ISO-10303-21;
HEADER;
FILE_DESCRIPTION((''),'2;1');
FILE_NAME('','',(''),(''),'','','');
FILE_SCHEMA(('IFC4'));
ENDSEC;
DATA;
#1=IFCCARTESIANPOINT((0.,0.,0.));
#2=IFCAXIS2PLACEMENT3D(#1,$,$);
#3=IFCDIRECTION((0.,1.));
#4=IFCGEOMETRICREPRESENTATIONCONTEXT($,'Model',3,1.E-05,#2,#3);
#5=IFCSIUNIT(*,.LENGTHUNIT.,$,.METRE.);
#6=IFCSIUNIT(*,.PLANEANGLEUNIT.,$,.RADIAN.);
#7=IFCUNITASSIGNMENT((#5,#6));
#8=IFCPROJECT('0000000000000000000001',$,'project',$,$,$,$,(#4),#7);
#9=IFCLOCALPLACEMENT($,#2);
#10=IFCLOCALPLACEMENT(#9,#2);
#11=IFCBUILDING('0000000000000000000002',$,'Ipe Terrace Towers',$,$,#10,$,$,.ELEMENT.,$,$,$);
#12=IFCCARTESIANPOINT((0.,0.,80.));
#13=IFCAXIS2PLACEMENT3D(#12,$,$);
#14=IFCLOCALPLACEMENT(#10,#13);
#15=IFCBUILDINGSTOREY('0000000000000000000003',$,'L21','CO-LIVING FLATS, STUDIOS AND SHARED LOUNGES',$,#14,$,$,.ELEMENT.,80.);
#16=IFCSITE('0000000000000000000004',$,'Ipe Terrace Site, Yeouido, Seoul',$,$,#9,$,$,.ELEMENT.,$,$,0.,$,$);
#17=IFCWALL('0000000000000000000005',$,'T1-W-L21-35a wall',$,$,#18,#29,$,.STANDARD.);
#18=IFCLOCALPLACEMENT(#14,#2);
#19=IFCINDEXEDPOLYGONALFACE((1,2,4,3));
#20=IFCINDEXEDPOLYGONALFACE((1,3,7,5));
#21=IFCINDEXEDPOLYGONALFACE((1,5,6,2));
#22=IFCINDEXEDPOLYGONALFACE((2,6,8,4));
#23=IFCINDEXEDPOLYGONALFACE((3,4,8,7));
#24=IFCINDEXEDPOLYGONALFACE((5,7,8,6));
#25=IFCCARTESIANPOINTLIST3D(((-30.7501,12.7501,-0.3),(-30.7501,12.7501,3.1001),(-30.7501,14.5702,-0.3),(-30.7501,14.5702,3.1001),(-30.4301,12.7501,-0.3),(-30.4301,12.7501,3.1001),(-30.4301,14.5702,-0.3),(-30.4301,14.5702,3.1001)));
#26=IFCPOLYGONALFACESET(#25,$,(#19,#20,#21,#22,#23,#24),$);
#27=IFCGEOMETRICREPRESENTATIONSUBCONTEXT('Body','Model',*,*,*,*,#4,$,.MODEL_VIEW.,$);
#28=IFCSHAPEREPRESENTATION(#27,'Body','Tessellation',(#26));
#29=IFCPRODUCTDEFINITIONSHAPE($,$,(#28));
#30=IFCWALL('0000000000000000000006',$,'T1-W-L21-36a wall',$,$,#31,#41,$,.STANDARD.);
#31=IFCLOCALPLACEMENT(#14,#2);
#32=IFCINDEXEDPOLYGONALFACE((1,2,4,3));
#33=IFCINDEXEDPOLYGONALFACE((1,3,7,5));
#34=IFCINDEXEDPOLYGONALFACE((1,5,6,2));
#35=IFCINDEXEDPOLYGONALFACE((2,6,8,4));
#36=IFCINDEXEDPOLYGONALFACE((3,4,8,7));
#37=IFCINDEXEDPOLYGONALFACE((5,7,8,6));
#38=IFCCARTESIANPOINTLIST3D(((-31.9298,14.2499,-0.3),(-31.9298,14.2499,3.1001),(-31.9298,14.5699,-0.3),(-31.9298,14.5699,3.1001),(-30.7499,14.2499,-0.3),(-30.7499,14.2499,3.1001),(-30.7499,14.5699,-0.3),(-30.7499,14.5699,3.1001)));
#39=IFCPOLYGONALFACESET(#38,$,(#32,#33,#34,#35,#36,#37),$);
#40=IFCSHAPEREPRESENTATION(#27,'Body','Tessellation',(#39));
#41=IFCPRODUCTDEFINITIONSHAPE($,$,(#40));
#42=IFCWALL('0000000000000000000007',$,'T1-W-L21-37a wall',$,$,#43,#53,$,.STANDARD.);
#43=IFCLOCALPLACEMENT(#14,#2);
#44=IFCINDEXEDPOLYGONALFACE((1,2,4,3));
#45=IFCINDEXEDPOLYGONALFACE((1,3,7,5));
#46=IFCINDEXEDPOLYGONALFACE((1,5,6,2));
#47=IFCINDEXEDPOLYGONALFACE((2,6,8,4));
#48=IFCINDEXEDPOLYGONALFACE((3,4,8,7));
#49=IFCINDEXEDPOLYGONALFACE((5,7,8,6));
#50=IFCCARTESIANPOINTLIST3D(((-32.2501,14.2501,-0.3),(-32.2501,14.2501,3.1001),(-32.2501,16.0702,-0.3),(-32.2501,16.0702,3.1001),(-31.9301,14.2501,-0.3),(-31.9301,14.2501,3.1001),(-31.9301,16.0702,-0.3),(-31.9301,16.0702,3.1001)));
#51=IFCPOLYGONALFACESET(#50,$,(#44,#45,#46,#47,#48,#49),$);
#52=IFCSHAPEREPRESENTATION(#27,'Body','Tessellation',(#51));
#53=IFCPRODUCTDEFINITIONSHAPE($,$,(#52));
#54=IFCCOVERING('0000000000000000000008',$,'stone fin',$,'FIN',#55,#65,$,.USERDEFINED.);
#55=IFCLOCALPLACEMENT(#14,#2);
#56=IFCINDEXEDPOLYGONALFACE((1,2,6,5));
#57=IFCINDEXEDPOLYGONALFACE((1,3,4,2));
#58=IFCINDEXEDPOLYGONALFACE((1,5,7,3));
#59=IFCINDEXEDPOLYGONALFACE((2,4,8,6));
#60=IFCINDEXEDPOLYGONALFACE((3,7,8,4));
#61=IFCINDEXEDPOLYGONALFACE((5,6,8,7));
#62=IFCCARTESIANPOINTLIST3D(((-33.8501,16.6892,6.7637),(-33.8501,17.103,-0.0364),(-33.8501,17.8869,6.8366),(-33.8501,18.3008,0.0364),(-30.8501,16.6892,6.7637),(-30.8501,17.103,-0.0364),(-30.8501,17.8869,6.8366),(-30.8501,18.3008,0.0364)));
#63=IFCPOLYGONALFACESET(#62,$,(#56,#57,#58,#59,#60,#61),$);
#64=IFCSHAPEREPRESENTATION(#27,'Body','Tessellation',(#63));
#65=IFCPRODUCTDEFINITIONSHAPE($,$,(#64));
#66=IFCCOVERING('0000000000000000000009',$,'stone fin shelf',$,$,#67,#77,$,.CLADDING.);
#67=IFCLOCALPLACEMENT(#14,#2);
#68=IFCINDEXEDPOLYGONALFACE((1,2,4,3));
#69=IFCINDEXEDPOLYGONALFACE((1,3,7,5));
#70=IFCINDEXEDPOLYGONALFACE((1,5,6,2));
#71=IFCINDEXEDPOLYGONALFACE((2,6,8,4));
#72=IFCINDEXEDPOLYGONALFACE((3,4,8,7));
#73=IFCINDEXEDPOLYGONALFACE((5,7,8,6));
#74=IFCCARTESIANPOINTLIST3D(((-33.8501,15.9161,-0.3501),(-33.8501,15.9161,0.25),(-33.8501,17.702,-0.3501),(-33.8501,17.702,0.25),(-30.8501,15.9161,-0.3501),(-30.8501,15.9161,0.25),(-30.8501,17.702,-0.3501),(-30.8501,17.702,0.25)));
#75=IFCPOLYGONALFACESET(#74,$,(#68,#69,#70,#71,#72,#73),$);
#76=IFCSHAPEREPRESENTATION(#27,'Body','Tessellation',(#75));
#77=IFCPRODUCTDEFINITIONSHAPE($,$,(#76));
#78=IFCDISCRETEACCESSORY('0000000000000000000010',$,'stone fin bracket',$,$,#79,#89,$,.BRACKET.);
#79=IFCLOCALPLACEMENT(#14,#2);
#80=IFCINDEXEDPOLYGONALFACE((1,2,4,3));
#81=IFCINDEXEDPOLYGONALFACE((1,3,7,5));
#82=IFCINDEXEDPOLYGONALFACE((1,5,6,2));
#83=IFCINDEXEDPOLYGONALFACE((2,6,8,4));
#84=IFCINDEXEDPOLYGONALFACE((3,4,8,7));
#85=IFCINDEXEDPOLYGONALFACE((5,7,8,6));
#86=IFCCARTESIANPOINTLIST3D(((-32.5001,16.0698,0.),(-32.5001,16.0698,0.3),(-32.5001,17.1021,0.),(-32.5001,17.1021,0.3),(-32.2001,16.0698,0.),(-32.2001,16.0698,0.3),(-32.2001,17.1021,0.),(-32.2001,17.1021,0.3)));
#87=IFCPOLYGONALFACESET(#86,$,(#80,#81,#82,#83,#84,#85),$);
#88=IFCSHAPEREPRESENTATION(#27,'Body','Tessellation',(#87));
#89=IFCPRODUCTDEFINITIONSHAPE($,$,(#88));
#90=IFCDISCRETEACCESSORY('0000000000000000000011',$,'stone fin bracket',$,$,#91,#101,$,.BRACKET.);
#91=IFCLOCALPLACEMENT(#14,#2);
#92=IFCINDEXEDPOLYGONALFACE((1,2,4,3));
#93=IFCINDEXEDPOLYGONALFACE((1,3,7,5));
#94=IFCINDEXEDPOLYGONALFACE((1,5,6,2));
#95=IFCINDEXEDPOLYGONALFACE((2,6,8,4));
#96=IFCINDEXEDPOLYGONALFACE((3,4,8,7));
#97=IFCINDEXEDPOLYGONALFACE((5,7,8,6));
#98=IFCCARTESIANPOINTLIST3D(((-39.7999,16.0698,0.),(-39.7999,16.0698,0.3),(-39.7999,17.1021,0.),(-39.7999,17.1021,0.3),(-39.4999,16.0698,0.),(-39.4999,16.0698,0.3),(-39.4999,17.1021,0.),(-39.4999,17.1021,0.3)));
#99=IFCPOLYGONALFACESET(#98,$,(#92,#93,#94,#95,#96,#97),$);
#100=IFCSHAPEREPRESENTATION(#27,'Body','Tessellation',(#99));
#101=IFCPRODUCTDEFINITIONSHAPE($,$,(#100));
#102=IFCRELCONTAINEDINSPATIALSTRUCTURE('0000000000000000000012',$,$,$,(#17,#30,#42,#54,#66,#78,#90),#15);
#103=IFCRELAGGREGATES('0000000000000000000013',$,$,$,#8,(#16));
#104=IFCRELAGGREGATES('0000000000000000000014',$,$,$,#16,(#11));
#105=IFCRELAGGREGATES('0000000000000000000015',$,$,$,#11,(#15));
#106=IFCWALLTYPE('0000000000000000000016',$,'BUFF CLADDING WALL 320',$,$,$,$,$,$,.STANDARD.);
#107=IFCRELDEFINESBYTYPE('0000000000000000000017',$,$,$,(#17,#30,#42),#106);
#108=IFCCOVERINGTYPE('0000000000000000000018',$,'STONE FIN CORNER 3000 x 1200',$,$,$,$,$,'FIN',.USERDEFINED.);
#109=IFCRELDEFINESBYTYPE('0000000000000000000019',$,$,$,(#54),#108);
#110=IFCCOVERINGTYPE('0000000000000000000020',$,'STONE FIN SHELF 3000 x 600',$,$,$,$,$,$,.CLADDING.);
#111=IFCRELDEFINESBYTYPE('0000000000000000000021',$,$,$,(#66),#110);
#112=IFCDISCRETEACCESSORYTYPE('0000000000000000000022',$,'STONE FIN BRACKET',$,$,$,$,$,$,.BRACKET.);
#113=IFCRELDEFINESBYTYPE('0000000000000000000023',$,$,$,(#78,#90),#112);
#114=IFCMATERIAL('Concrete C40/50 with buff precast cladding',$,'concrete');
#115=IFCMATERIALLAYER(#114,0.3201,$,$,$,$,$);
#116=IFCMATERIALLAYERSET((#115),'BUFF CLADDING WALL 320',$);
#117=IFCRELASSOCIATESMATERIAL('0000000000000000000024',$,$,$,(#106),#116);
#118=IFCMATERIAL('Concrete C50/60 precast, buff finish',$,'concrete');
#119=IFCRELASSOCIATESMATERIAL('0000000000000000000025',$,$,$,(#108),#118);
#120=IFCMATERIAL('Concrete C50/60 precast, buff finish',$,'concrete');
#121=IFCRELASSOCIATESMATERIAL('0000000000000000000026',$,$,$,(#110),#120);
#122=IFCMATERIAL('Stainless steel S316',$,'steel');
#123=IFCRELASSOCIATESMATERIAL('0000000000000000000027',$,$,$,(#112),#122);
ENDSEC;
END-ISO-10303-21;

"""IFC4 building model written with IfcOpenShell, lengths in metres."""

from ifc_helpers import new_model, si_unit, direction, frame, frame_2d, origin, origin_2d, place, context, subcontext, project, spatial, rectangle, extrude, material, layer, layer_set, material_profile, profile_set, type_object, element, save


model = new_model("IFC4")

# Units and contexts
model_context = context("Model", 3, precision=1e-05, world=origin(), true_north=direction((0.0, 1.0)))
body_context = subcontext(model_context, "Body", "Model", "MODEL_VIEW")
ifc_project = project(units=[si_unit("LENGTHUNIT", "METRE"), si_unit("PLANEANGLEUNIT", "RADIAN")], contexts=[model_context])

# Site, building, storey
site_placement = place(None, origin())
site = spatial("IfcSite", under=ifc_project, at=site_placement, Name="Ipe Terrace Site, Yeouido, Seoul", CompositionType="ELEMENT", RefElevation=0.0)
building_placement = place(site_placement, origin())
building = spatial("IfcBuilding", under=site, at=building_placement, Name="Ipe Terrace Towers", CompositionType="ELEMENT")
storey_placement = place(building_placement, frame((0.0, 0.0, 80.0)))
storey = spatial("IfcBuildingStorey", under=building, at=storey_placement, Name="L21", Description="CO-LIVING FLATS, STUDIOS AND SHARED LOUNGES", CompositionType="ELEMENT", Elevation=80.0)

# Walls
ifc_material_1 = material(Name="Concrete C40/50 with buff precast cladding", Category="concrete")
ifc_layer_1 = layer(ifc_material_1, 0.3201)
ifc_layer_set_1 = layer_set([ifc_layer_1], Name="BUFF CLADDING WALL 320")
wall_type = type_object("IfcWallType", Name="BUFF CLADDING WALL 320", PredefinedType="STANDARD", material=ifc_layer_set_1)
wall_1_placement = place(storey_placement, frame((-30.5901, 12.75, -0.3), z_axis=(0.0, 0.0, 1.0), x_axis=(0.0, 1.0, 0.0)))
element("IfcWall", 1, at=wall_1_placement, inside=storey, type_object=wall_type, Name="T1-W-L21-35a wall", PredefinedType="STANDARD", context=body_context, shape_type="SweptSolid", body=[
    extrude(rectangle(XDim=1.8201, YDim=0.3201, at=frame_2d((0.9102, 0.0))), origin(), (0.0, 0.0, 1.0), 3.4001),
])
wall_2_placement = place(storey_placement, frame((-30.75, 14.4099, -0.3), z_axis=(0.0, 0.0, 1.0), x_axis=(-1.0, 0.0, 0.0)))
element("IfcWall", 2, at=wall_2_placement, inside=storey, type_object=wall_type, Name="T1-W-L21-36a wall", PredefinedType="STANDARD", context=body_context, shape_type="SweptSolid", body=[
    extrude(rectangle(XDim=1.1799, YDim=0.3201, at=frame_2d((0.5898, 0.0))), origin(), (0.0, 0.0, 1.0), 3.4001),
])
wall_3_placement = place(storey_placement, frame((-32.0901, 14.25, -0.3), z_axis=(0.0, 0.0, 1.0), x_axis=(0.0, 1.0, 0.0)))
element("IfcWall", 3, at=wall_3_placement, inside=storey, type_object=wall_type, Name="T1-W-L21-37a wall", PredefinedType="STANDARD", context=body_context, shape_type="SweptSolid", body=[
    extrude(rectangle(XDim=1.8201, YDim=0.3201, at=frame_2d((0.9102, 0.0))), origin(), (0.0, 0.0, 1.0), 3.4001),
])

# Coverings
ifc_material_2 = material(Name="Concrete C50/60 precast, buff finish", Category="concrete")
ifc_material_profile_1 = material_profile(ifc_material_2, rectangle(XDim=3.0, YDim=1.2, at=origin_2d()), Name="STONE FIN CORNER 3000 x 1200")
ifc_profile_set_1 = profile_set([ifc_material_profile_1], Name="Concrete C50/60 precast, buff finish")
covering_type_1 = type_object("IfcCoveringType", Name="STONE FIN CORNER 3000 x 1200", ElementType="FIN", PredefinedType="USERDEFINED", material=ifc_profile_set_1)
covering_1_placement = place(storey_placement, frame((-32.3501, 17.7019, 0.0), z_axis=(0.0, -0.060743, 0.998153), x_axis=(-1.0, 0.0, 0.0)))
element("IfcCovering", 4, at=covering_1_placement, inside=storey, type_object=covering_type_1, Name="stone fin", ObjectType="FIN", PredefinedType="USERDEFINED", context=body_context, shape_type="SweptSolid", body=[
    extrude(rectangle(XDim=3.0, YDim=1.2, at=origin_2d()), origin(), (0.0, 0.0, 1.0), 6.8127),
])
ifc_material_3 = material(Name="Concrete C50/60 precast, buff finish", Category="concrete")
covering_type_2 = type_object("IfcCoveringType", Name="STONE FIN SHELF 3000 x 600", PredefinedType="CLADDING", material=ifc_material_3)
covering_2_placement = place(storey_placement, frame((-32.3501, 16.8091, -0.3501), z_axis=(0.0, 0.0, 1.0), x_axis=(-1.0, 0.0, 0.0)))
element("IfcCovering", 5, at=covering_2_placement, inside=storey, type_object=covering_type_2, Name="stone fin shelf", PredefinedType="CLADDING", context=body_context, shape_type="SweptSolid", body=[
    extrude(rectangle(XDim=3.0, YDim=1.7859, at=origin_2d()), origin(), (0.0, 0.0, 1.0), 0.6001),
])

# Discrete accessories
ifc_material_4 = material(Name="Stainless steel S316", Category="steel")
discrete_accessory_type = type_object("IfcDiscreteAccessoryType", Name="STONE FIN BRACKET", PredefinedType="BRACKET", material=ifc_material_4)
for number, where, z_axis, x_axis, name in (
    (6, (-32.3501, 16.5859, 0.0), (0.0, 0.0, 1.0), (-1.0, 0.0, 0.0), "stone fin bracket"),
    (7, (-39.6499, 16.5859, 0.0), (0.0, 0.0, 1.0), (-1.0, 0.0, 0.0), "stone fin bracket"),
):
    element("IfcDiscreteAccessory", number, at=place(storey_placement, frame(where, z_axis=z_axis, x_axis=x_axis)), inside=storey, type_object=discrete_accessory_type, Name=name, PredefinedType="BRACKET", context=body_context, shape_type="SweptSolid", body=[
        extrude(rectangle(XDim=0.3, YDim=1.0322, at=origin_2d()), origin(), (0.0, 0.0, 1.0), 0.3),
    ])

save(model, "model.ifc")
